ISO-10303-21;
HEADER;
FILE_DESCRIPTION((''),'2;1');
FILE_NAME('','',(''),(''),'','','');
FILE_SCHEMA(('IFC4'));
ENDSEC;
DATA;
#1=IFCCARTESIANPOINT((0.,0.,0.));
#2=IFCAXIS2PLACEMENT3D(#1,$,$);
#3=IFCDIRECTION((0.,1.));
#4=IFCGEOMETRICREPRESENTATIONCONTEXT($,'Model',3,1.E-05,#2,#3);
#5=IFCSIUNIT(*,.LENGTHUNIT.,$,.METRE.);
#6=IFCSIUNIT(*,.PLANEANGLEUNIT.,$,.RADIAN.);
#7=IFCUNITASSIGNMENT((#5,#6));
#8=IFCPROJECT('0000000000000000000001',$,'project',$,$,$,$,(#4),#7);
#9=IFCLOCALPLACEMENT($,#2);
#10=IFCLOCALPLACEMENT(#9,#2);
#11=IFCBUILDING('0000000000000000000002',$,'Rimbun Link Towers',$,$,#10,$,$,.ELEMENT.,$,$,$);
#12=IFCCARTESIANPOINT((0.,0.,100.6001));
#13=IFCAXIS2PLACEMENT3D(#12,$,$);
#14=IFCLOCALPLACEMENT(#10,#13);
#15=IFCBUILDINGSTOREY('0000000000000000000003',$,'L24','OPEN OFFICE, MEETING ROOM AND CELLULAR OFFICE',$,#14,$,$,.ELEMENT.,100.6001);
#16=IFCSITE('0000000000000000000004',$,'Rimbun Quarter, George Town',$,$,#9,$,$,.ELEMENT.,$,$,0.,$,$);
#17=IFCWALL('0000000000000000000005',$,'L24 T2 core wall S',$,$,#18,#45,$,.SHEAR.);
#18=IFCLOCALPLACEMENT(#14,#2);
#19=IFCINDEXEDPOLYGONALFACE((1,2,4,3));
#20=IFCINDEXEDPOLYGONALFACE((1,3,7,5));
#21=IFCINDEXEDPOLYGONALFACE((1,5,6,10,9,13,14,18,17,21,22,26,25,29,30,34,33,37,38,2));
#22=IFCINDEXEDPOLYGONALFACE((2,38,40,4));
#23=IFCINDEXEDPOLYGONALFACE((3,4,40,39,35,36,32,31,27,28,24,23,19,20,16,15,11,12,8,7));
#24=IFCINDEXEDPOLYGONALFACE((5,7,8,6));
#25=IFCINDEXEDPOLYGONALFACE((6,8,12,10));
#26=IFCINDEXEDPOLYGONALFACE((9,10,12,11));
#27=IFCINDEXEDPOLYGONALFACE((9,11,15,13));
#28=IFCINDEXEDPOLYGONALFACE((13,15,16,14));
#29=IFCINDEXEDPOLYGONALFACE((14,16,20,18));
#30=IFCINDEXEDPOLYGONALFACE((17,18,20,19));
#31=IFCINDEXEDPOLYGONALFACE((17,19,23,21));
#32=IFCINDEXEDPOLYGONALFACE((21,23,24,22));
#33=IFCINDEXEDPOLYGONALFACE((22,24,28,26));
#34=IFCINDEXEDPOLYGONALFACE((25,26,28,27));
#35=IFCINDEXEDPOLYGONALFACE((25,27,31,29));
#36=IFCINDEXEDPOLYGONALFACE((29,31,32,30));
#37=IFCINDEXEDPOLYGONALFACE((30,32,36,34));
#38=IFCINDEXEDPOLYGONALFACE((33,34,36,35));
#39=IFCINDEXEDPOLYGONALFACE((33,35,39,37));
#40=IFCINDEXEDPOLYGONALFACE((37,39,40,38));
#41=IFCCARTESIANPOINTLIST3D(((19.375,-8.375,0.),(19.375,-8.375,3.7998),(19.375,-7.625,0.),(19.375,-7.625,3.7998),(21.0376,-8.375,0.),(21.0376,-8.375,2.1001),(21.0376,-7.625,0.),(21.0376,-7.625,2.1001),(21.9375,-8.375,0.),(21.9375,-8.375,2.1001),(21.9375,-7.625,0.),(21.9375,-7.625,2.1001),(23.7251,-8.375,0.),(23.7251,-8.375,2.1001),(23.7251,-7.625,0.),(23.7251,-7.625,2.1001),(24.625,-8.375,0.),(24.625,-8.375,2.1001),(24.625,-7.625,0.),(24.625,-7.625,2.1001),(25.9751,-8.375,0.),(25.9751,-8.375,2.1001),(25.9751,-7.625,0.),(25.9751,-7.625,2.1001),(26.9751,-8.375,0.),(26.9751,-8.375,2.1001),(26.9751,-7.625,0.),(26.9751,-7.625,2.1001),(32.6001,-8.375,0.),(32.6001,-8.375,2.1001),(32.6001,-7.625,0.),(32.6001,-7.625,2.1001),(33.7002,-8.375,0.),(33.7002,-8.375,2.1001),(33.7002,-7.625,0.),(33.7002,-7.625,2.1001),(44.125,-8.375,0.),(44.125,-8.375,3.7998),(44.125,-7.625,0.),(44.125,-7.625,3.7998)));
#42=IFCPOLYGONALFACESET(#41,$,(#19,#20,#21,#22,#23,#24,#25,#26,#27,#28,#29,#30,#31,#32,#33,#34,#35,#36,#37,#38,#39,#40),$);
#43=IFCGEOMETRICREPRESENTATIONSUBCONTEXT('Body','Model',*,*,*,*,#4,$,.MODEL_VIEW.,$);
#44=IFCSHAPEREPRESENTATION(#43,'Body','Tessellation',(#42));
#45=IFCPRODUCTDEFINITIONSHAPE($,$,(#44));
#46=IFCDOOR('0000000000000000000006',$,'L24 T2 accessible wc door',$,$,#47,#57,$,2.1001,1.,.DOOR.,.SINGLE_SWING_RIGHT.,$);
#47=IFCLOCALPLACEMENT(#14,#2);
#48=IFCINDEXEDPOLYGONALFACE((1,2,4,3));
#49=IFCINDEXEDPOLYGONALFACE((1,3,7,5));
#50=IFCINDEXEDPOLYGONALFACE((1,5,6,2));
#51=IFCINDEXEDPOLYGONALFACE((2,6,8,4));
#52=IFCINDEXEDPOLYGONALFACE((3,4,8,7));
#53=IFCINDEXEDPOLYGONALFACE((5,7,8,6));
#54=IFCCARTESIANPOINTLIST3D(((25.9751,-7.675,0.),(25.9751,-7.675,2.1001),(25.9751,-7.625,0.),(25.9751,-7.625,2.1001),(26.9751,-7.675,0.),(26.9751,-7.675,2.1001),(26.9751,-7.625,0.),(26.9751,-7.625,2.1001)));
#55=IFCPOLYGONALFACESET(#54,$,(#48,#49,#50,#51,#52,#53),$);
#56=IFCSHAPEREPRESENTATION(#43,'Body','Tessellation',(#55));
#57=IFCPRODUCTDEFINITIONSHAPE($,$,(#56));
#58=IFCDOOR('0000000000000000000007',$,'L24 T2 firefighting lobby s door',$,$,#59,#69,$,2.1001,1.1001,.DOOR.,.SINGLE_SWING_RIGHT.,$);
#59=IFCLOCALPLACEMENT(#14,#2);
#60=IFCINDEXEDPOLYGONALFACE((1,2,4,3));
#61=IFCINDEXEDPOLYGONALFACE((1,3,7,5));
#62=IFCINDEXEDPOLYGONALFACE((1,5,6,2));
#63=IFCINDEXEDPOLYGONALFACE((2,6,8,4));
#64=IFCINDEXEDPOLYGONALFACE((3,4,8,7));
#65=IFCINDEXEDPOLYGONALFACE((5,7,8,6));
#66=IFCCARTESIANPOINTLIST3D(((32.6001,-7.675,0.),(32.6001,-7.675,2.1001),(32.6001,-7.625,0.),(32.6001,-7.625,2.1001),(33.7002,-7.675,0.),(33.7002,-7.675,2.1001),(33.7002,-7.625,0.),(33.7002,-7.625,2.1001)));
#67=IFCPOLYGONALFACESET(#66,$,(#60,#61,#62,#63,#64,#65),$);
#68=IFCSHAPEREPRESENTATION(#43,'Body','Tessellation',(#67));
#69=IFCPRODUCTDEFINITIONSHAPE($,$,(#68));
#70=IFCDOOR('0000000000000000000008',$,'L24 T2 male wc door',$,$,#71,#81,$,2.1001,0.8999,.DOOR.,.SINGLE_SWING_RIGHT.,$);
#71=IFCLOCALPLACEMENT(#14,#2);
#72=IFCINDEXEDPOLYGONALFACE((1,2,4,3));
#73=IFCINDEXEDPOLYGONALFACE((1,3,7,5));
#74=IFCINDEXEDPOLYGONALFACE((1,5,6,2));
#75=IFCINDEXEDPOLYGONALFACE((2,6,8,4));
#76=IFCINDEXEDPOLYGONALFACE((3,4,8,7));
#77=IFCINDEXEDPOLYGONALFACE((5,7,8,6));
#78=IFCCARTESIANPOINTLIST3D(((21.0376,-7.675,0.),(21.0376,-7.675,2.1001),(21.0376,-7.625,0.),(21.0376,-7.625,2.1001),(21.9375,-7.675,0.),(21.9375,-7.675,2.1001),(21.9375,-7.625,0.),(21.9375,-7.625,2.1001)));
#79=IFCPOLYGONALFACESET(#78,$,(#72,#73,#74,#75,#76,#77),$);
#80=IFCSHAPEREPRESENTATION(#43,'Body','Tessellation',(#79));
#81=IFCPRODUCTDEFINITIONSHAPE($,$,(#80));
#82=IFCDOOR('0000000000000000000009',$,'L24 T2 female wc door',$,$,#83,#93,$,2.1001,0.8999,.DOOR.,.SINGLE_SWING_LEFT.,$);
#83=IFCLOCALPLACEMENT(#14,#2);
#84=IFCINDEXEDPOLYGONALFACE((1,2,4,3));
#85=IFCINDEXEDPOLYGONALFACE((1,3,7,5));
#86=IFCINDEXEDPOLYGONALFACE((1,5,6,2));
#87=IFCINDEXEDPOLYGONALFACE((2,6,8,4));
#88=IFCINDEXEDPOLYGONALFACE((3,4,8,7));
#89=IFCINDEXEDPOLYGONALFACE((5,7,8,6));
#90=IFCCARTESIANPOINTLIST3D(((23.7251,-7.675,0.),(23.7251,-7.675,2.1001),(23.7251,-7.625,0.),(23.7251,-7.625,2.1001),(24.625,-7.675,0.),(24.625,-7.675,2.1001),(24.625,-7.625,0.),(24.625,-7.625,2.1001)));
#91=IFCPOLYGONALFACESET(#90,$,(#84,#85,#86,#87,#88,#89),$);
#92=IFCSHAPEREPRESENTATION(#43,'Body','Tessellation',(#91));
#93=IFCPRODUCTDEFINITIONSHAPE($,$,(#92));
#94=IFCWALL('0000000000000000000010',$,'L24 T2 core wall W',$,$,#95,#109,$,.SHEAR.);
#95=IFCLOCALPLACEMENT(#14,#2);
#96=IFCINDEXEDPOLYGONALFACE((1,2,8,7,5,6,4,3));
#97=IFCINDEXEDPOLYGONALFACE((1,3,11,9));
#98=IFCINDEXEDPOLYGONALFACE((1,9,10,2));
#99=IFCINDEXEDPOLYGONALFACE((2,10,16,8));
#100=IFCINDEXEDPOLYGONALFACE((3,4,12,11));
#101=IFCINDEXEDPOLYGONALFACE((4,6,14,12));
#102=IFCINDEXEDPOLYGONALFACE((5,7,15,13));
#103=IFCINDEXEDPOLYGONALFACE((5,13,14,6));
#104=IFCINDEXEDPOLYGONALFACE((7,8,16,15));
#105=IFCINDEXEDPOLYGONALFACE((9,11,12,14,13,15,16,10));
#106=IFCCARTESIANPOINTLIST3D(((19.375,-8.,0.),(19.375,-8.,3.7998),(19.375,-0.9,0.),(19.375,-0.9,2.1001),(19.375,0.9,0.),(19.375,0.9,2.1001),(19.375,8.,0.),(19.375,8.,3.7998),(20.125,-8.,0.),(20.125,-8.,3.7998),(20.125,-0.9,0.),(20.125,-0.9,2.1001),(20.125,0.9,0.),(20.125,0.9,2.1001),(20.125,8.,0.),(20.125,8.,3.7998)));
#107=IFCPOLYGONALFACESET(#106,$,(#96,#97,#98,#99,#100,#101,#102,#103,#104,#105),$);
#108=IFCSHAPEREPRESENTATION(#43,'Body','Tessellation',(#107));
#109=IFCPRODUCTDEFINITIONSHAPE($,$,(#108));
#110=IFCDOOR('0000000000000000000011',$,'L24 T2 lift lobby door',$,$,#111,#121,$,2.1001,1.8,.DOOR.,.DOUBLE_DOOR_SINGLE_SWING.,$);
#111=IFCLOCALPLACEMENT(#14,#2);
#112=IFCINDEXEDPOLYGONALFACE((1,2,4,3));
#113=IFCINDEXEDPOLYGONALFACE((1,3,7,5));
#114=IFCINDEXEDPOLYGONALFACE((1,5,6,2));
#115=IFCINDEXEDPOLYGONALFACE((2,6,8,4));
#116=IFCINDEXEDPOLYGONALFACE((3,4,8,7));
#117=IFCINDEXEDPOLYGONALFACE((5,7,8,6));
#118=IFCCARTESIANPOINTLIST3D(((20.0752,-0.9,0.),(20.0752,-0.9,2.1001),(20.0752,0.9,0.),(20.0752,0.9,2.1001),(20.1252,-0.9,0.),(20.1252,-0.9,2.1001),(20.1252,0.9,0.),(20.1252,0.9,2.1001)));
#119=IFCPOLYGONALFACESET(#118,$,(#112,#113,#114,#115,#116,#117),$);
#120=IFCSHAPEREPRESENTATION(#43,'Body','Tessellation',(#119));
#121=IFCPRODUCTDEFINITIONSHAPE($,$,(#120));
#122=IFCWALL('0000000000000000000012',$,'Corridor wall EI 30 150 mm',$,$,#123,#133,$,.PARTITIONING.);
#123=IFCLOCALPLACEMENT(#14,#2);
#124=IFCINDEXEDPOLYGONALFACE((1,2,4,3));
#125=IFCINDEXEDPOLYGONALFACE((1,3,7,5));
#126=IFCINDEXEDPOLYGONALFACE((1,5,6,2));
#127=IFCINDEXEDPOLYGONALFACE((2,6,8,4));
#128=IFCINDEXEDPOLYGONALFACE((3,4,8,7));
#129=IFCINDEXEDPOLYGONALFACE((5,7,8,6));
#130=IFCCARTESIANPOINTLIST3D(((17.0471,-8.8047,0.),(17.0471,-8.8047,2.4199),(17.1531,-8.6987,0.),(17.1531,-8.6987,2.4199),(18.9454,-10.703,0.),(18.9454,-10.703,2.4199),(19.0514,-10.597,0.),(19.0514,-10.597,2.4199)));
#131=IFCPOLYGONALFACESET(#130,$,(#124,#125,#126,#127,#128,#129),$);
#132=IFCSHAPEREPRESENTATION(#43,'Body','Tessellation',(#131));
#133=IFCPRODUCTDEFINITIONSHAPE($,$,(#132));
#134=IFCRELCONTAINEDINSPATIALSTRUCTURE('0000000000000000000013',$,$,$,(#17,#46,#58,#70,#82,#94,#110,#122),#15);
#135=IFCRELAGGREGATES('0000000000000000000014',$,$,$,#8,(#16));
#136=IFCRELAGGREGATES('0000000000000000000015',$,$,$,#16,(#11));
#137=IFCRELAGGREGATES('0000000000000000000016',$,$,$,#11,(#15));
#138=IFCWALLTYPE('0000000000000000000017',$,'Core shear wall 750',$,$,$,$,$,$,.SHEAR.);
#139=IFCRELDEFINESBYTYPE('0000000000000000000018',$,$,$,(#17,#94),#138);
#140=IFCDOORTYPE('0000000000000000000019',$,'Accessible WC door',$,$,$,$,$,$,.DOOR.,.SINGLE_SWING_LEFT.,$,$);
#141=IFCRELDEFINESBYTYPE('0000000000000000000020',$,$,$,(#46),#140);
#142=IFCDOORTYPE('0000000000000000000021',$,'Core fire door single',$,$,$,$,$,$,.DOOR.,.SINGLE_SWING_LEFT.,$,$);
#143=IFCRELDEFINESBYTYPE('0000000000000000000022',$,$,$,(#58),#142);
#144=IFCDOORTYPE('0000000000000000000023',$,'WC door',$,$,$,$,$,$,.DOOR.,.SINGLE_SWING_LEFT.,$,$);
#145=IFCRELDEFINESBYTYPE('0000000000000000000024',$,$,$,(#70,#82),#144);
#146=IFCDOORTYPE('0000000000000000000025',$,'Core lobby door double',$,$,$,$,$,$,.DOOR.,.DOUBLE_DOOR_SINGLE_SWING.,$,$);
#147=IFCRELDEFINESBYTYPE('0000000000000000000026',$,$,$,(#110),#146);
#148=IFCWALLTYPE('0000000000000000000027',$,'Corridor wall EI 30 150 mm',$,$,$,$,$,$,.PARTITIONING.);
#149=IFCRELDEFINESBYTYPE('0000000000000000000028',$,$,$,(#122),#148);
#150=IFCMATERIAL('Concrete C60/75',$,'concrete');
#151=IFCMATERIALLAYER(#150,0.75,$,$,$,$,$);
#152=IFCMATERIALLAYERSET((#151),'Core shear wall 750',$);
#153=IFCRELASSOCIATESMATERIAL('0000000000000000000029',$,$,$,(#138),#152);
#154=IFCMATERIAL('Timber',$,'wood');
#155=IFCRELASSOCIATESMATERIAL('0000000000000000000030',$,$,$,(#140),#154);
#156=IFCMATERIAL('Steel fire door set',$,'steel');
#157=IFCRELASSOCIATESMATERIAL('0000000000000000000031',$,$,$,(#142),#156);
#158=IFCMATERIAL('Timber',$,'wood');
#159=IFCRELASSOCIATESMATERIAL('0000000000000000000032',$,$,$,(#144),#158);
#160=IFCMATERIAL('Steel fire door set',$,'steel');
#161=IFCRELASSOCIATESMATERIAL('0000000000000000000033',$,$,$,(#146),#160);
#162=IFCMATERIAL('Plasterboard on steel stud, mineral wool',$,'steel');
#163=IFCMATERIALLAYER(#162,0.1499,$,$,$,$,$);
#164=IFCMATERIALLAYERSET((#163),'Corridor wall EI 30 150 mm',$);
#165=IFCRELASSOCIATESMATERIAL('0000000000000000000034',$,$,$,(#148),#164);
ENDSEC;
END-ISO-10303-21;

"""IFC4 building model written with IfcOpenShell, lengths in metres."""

from ifc_helpers import new_model, si_unit, direction, frame, frame_2d, origin, place, context, subcontext, project, spatial, rectangle, extrude, material, layer, layer_set, type_object, element, fill, save


model = new_model("IFC4")

# Units and contexts
model_context = context("Model", 3, precision=1e-05, world=origin(), true_north=direction((0.0, 1.0)))
body_context = subcontext(model_context, "Body", "Model", "MODEL_VIEW")
ifc_project = project(units=[si_unit("LENGTHUNIT", "METRE"), si_unit("PLANEANGLEUNIT", "RADIAN")], contexts=[model_context])

# Site, building, storey
site_placement = place(None, origin())
site = spatial("IfcSite", under=ifc_project, at=site_placement, Name="Rimbun Quarter, George Town", CompositionType="ELEMENT", RefElevation=0.0)
building_placement = place(site_placement, origin())
building = spatial("IfcBuilding", under=site, at=building_placement, Name="Rimbun Link Towers", CompositionType="ELEMENT")
storey_placement = place(building_placement, frame((0.0, 0.0, 100.6001)))
storey = spatial("IfcBuildingStorey", under=building, at=storey_placement, Name="L24", Description="OPEN OFFICE, MEETING ROOM AND CELLULAR OFFICE", CompositionType="ELEMENT", Elevation=100.6001)

# Wall, openings, doors
ifc_material_1 = material(Name="Concrete C60/75", Category="concrete")
ifc_layer_1 = layer(ifc_material_1, 0.75)
ifc_layer_set_1 = layer_set([ifc_layer_1], Name="Core shear wall 750")
wall_type_1 = type_object("IfcWallType", Name="Core shear wall 750", PredefinedType="SHEAR", material=ifc_layer_set_1)
wall_1_placement = place(storey_placement, frame((19.375, -8.0, 0.0), z_axis=(0.0, 0.0, 1.0), x_axis=(1.0, 0.0, 0.0)))
wall_1 = element("IfcWall", 1, at=wall_1_placement, inside=storey, type_object=wall_type_1, Name="L24 T2 core wall S", PredefinedType="SHEAR", context=body_context, shape_type="SweptSolid", body=[
    extrude(rectangle(XDim=24.75, YDim=0.75, at=frame_2d((12.375, 0.0))), origin(), (0.0, 0.0, 1.0), 3.7998),
])
opening_1_placement = place(wall_1_placement, frame((13.2251, 0.0, 0.0)))
opening_1 = element("IfcOpeningElement", 2, at=opening_1_placement, cuts=wall_1, PredefinedType="OPENING", context=body_context, shape_type="SweptSolid", body=[
    extrude(rectangle(XDim=1.1001, YDim=2.1001, at=frame_2d((0.55, 1.05))), frame((0.0, 0.385, 0.0), z_axis=(0.0, -1.0, 0.0), x_axis=(1.0, 0.0, 0.0)), (0.0, 0.0, 1.0), 0.77),
])
opening_2_placement = place(wall_1_placement, frame((1.6626, 0.0, 0.0)))
opening_2 = element("IfcOpeningElement", 3, at=opening_2_placement, cuts=wall_1, PredefinedType="OPENING", context=body_context, shape_type="SweptSolid", body=[
    extrude(rectangle(XDim=0.8999, YDim=2.1001, at=frame_2d((0.45, 1.05))), frame((0.0, 0.385, 0.0), z_axis=(0.0, -1.0, 0.0), x_axis=(1.0, 0.0, 0.0)), (0.0, 0.0, 1.0), 0.77),
])
opening_3_placement = place(wall_1_placement, frame((4.3501, 0.0, 0.0)))
opening_3 = element("IfcOpeningElement", 4, at=opening_3_placement, cuts=wall_1, PredefinedType="OPENING", context=body_context, shape_type="SweptSolid", body=[
    extrude(rectangle(XDim=0.8999, YDim=2.1001, at=frame_2d((0.45, 1.05))), frame((0.0, 0.385, 0.0), z_axis=(0.0, -1.0, 0.0), x_axis=(1.0, 0.0, 0.0)), (0.0, 0.0, 1.0), 0.77),
])
opening_4_placement = place(wall_1_placement, frame((6.6001, 0.0, 0.0)))
opening_4 = element("IfcOpeningElement", 5, at=opening_4_placement, cuts=wall_1, PredefinedType="OPENING", context=body_context, shape_type="SweptSolid", body=[
    extrude(rectangle(XDim=1.0, YDim=2.1001, at=frame_2d((0.5, 1.05))), frame((0.0, 0.385, 0.0), z_axis=(0.0, -1.0, 0.0), x_axis=(1.0, 0.0, 0.0)), (0.0, 0.0, 1.0), 0.77),
])
ifc_material_2 = material(Name="Timber", Category="wood")
door_type_1 = type_object("IfcDoorType", Name="Accessible WC door", OperationType="SINGLE_SWING_LEFT", PredefinedType="DOOR", material=ifc_material_2)
door_1_placement = place(opening_4_placement, origin())
door_1 = element("IfcDoor", 6, at=door_1_placement, inside=storey, type_object=door_type_1, Name="L24 T2 accessible wc door", OperationType="SINGLE_SWING_RIGHT", OverallHeight=2.1001, OverallWidth=1.0, PredefinedType="DOOR", context=body_context, shape_type="SweptSolid", body=[
    extrude(rectangle(XDim=1.0, YDim=2.1001, at=frame_2d((0.5, 1.05))), frame((0.0, 0.375, 0.0), z_axis=(0.0, -1.0, 0.0), x_axis=(1.0, 0.0, 0.0)), (0.0, 0.0, 1.0), 0.05),
])
fill(opening_4, door_1)
ifc_material_3 = material(Name="Steel fire door set", Category="steel")
door_type_2 = type_object("IfcDoorType", Name="Core fire door single", OperationType="SINGLE_SWING_LEFT", PredefinedType="DOOR", material=ifc_material_3)
door_2_placement = place(opening_1_placement, origin())
door_2 = element("IfcDoor", 7, at=door_2_placement, inside=storey, type_object=door_type_2, Name="L24 T2 firefighting lobby s door", OperationType="SINGLE_SWING_RIGHT", OverallHeight=2.1001, OverallWidth=1.1001, PredefinedType="DOOR", context=body_context, shape_type="SweptSolid", body=[
    extrude(rectangle(XDim=1.1001, YDim=2.1001, at=frame_2d((0.55, 1.05))), frame((0.0, 0.375, 0.0), z_axis=(0.0, -1.0, 0.0), x_axis=(1.0, 0.0, 0.0)), (0.0, 0.0, 1.0), 0.05),
])
fill(opening_1, door_2)
ifc_material_4 = material(Name="Timber", Category="wood")
door_type_3 = type_object("IfcDoorType", Name="WC door", OperationType="SINGLE_SWING_LEFT", PredefinedType="DOOR", material=ifc_material_4)
door_3_placement = place(opening_2_placement, origin())
door_3 = element("IfcDoor", 8, at=door_3_placement, inside=storey, type_object=door_type_3, Name="L24 T2 male wc door", OperationType="SINGLE_SWING_RIGHT", OverallHeight=2.1001, OverallWidth=0.8999, PredefinedType="DOOR", context=body_context, shape_type="SweptSolid", body=[
    extrude(rectangle(XDim=0.8999, YDim=2.1001, at=frame_2d((0.45, 1.05))), frame((0.0, 0.375, 0.0), z_axis=(0.0, -1.0, 0.0), x_axis=(1.0, 0.0, 0.0)), (0.0, 0.0, 1.0), 0.05),
])
fill(opening_2, door_3)
door_4_placement = place(opening_3_placement, origin())
door_4 = element("IfcDoor", 9, at=door_4_placement, inside=storey, type_object=door_type_3, Name="L24 T2 female wc door", OperationType="SINGLE_SWING_LEFT", OverallHeight=2.1001, OverallWidth=0.8999, PredefinedType="DOOR", context=body_context, shape_type="SweptSolid", body=[
    extrude(rectangle(XDim=0.8999, YDim=2.1001, at=frame_2d((0.45, 1.05))), frame((0.0, 0.375, 0.0), z_axis=(0.0, -1.0, 0.0), x_axis=(1.0, 0.0, 0.0)), (0.0, 0.0, 1.0), 0.05),
])
fill(opening_3, door_4)

# Wall, opening, door
wall_2_placement = place(storey_placement, frame((19.75, -8.0, 0.0), z_axis=(0.0, 0.0, 1.0), x_axis=(0.0, 1.0, 0.0)))
wall_2 = element("IfcWall", 10, at=wall_2_placement, inside=storey, type_object=wall_type_1, Name="L24 T2 core wall W", PredefinedType="SHEAR", context=body_context, shape_type="SweptSolid", body=[
    extrude(rectangle(XDim=16.0, YDim=0.75, at=frame_2d((8.0, 0.0))), origin(), (0.0, 0.0, 1.0), 3.7998),
])
opening_5_placement = place(wall_2_placement, frame((7.1001, 0.0, 0.0)))
opening_5 = element("IfcOpeningElement", 11, at=opening_5_placement, cuts=wall_2, PredefinedType="OPENING", context=body_context, shape_type="SweptSolid", body=[
    extrude(rectangle(XDim=1.8, YDim=2.1001, at=frame_2d((0.8999, 1.05))), frame((0.0, 0.385, 0.0), z_axis=(0.0, -1.0, 0.0), x_axis=(1.0, 0.0, 0.0)), (0.0, 0.0, 1.0), 0.77),
])
ifc_material_5 = material(Name="Steel fire door set", Category="steel")
door_type_4 = type_object("IfcDoorType", Name="Core lobby door double", OperationType="DOUBLE_DOOR_SINGLE_SWING", PredefinedType="DOOR", material=ifc_material_5)
door_5_placement = place(opening_5_placement, origin())
door_5 = element("IfcDoor", 12, at=door_5_placement, inside=storey, type_object=door_type_4, Name="L24 T2 lift lobby door", OperationType="DOUBLE_DOOR_SINGLE_SWING", OverallHeight=2.1001, OverallWidth=1.8, PredefinedType="DOOR", context=body_context, shape_type="SweptSolid", body=[
    extrude(rectangle(XDim=1.8, YDim=2.1001, at=frame_2d((0.8999, 1.05))), frame((0.0, -0.3252, 0.0), z_axis=(0.0, -1.0, 0.0), x_axis=(1.0, 0.0, 0.0)), (0.0, 0.0, 1.0), 0.05),
])
fill(opening_5, door_5)

# Wall
ifc_material_6 = material(Name="Plasterboard on steel stud, mineral wool", Category="steel")
ifc_layer_2 = layer(ifc_material_6, 0.1499)
ifc_layer_set_2 = layer_set([ifc_layer_2], Name="Corridor wall EI 30 150 mm")
wall_type_2 = type_object("IfcWallType", Name="Corridor wall EI 30 150 mm", PredefinedType="PARTITIONING", material=ifc_layer_set_2)
wall_3_placement = place(storey_placement, frame((17.1001, -8.7517, 0.0), z_axis=(0.0, 0.0, 1.0), x_axis=(0.707107, -0.707107, 0.0)))
element("IfcWall", 13, at=wall_3_placement, inside=storey, type_object=wall_type_2, Name="Corridor wall EI 30 150 mm", PredefinedType="PARTITIONING", context=body_context, shape_type="SweptSolid", body=[
    extrude(rectangle(XDim=2.6846, YDim=0.1499, at=frame_2d((1.3423, 0.0))), origin(), (0.0, 0.0, 1.0), 2.4199),
])

save(model, "model.ifc")
